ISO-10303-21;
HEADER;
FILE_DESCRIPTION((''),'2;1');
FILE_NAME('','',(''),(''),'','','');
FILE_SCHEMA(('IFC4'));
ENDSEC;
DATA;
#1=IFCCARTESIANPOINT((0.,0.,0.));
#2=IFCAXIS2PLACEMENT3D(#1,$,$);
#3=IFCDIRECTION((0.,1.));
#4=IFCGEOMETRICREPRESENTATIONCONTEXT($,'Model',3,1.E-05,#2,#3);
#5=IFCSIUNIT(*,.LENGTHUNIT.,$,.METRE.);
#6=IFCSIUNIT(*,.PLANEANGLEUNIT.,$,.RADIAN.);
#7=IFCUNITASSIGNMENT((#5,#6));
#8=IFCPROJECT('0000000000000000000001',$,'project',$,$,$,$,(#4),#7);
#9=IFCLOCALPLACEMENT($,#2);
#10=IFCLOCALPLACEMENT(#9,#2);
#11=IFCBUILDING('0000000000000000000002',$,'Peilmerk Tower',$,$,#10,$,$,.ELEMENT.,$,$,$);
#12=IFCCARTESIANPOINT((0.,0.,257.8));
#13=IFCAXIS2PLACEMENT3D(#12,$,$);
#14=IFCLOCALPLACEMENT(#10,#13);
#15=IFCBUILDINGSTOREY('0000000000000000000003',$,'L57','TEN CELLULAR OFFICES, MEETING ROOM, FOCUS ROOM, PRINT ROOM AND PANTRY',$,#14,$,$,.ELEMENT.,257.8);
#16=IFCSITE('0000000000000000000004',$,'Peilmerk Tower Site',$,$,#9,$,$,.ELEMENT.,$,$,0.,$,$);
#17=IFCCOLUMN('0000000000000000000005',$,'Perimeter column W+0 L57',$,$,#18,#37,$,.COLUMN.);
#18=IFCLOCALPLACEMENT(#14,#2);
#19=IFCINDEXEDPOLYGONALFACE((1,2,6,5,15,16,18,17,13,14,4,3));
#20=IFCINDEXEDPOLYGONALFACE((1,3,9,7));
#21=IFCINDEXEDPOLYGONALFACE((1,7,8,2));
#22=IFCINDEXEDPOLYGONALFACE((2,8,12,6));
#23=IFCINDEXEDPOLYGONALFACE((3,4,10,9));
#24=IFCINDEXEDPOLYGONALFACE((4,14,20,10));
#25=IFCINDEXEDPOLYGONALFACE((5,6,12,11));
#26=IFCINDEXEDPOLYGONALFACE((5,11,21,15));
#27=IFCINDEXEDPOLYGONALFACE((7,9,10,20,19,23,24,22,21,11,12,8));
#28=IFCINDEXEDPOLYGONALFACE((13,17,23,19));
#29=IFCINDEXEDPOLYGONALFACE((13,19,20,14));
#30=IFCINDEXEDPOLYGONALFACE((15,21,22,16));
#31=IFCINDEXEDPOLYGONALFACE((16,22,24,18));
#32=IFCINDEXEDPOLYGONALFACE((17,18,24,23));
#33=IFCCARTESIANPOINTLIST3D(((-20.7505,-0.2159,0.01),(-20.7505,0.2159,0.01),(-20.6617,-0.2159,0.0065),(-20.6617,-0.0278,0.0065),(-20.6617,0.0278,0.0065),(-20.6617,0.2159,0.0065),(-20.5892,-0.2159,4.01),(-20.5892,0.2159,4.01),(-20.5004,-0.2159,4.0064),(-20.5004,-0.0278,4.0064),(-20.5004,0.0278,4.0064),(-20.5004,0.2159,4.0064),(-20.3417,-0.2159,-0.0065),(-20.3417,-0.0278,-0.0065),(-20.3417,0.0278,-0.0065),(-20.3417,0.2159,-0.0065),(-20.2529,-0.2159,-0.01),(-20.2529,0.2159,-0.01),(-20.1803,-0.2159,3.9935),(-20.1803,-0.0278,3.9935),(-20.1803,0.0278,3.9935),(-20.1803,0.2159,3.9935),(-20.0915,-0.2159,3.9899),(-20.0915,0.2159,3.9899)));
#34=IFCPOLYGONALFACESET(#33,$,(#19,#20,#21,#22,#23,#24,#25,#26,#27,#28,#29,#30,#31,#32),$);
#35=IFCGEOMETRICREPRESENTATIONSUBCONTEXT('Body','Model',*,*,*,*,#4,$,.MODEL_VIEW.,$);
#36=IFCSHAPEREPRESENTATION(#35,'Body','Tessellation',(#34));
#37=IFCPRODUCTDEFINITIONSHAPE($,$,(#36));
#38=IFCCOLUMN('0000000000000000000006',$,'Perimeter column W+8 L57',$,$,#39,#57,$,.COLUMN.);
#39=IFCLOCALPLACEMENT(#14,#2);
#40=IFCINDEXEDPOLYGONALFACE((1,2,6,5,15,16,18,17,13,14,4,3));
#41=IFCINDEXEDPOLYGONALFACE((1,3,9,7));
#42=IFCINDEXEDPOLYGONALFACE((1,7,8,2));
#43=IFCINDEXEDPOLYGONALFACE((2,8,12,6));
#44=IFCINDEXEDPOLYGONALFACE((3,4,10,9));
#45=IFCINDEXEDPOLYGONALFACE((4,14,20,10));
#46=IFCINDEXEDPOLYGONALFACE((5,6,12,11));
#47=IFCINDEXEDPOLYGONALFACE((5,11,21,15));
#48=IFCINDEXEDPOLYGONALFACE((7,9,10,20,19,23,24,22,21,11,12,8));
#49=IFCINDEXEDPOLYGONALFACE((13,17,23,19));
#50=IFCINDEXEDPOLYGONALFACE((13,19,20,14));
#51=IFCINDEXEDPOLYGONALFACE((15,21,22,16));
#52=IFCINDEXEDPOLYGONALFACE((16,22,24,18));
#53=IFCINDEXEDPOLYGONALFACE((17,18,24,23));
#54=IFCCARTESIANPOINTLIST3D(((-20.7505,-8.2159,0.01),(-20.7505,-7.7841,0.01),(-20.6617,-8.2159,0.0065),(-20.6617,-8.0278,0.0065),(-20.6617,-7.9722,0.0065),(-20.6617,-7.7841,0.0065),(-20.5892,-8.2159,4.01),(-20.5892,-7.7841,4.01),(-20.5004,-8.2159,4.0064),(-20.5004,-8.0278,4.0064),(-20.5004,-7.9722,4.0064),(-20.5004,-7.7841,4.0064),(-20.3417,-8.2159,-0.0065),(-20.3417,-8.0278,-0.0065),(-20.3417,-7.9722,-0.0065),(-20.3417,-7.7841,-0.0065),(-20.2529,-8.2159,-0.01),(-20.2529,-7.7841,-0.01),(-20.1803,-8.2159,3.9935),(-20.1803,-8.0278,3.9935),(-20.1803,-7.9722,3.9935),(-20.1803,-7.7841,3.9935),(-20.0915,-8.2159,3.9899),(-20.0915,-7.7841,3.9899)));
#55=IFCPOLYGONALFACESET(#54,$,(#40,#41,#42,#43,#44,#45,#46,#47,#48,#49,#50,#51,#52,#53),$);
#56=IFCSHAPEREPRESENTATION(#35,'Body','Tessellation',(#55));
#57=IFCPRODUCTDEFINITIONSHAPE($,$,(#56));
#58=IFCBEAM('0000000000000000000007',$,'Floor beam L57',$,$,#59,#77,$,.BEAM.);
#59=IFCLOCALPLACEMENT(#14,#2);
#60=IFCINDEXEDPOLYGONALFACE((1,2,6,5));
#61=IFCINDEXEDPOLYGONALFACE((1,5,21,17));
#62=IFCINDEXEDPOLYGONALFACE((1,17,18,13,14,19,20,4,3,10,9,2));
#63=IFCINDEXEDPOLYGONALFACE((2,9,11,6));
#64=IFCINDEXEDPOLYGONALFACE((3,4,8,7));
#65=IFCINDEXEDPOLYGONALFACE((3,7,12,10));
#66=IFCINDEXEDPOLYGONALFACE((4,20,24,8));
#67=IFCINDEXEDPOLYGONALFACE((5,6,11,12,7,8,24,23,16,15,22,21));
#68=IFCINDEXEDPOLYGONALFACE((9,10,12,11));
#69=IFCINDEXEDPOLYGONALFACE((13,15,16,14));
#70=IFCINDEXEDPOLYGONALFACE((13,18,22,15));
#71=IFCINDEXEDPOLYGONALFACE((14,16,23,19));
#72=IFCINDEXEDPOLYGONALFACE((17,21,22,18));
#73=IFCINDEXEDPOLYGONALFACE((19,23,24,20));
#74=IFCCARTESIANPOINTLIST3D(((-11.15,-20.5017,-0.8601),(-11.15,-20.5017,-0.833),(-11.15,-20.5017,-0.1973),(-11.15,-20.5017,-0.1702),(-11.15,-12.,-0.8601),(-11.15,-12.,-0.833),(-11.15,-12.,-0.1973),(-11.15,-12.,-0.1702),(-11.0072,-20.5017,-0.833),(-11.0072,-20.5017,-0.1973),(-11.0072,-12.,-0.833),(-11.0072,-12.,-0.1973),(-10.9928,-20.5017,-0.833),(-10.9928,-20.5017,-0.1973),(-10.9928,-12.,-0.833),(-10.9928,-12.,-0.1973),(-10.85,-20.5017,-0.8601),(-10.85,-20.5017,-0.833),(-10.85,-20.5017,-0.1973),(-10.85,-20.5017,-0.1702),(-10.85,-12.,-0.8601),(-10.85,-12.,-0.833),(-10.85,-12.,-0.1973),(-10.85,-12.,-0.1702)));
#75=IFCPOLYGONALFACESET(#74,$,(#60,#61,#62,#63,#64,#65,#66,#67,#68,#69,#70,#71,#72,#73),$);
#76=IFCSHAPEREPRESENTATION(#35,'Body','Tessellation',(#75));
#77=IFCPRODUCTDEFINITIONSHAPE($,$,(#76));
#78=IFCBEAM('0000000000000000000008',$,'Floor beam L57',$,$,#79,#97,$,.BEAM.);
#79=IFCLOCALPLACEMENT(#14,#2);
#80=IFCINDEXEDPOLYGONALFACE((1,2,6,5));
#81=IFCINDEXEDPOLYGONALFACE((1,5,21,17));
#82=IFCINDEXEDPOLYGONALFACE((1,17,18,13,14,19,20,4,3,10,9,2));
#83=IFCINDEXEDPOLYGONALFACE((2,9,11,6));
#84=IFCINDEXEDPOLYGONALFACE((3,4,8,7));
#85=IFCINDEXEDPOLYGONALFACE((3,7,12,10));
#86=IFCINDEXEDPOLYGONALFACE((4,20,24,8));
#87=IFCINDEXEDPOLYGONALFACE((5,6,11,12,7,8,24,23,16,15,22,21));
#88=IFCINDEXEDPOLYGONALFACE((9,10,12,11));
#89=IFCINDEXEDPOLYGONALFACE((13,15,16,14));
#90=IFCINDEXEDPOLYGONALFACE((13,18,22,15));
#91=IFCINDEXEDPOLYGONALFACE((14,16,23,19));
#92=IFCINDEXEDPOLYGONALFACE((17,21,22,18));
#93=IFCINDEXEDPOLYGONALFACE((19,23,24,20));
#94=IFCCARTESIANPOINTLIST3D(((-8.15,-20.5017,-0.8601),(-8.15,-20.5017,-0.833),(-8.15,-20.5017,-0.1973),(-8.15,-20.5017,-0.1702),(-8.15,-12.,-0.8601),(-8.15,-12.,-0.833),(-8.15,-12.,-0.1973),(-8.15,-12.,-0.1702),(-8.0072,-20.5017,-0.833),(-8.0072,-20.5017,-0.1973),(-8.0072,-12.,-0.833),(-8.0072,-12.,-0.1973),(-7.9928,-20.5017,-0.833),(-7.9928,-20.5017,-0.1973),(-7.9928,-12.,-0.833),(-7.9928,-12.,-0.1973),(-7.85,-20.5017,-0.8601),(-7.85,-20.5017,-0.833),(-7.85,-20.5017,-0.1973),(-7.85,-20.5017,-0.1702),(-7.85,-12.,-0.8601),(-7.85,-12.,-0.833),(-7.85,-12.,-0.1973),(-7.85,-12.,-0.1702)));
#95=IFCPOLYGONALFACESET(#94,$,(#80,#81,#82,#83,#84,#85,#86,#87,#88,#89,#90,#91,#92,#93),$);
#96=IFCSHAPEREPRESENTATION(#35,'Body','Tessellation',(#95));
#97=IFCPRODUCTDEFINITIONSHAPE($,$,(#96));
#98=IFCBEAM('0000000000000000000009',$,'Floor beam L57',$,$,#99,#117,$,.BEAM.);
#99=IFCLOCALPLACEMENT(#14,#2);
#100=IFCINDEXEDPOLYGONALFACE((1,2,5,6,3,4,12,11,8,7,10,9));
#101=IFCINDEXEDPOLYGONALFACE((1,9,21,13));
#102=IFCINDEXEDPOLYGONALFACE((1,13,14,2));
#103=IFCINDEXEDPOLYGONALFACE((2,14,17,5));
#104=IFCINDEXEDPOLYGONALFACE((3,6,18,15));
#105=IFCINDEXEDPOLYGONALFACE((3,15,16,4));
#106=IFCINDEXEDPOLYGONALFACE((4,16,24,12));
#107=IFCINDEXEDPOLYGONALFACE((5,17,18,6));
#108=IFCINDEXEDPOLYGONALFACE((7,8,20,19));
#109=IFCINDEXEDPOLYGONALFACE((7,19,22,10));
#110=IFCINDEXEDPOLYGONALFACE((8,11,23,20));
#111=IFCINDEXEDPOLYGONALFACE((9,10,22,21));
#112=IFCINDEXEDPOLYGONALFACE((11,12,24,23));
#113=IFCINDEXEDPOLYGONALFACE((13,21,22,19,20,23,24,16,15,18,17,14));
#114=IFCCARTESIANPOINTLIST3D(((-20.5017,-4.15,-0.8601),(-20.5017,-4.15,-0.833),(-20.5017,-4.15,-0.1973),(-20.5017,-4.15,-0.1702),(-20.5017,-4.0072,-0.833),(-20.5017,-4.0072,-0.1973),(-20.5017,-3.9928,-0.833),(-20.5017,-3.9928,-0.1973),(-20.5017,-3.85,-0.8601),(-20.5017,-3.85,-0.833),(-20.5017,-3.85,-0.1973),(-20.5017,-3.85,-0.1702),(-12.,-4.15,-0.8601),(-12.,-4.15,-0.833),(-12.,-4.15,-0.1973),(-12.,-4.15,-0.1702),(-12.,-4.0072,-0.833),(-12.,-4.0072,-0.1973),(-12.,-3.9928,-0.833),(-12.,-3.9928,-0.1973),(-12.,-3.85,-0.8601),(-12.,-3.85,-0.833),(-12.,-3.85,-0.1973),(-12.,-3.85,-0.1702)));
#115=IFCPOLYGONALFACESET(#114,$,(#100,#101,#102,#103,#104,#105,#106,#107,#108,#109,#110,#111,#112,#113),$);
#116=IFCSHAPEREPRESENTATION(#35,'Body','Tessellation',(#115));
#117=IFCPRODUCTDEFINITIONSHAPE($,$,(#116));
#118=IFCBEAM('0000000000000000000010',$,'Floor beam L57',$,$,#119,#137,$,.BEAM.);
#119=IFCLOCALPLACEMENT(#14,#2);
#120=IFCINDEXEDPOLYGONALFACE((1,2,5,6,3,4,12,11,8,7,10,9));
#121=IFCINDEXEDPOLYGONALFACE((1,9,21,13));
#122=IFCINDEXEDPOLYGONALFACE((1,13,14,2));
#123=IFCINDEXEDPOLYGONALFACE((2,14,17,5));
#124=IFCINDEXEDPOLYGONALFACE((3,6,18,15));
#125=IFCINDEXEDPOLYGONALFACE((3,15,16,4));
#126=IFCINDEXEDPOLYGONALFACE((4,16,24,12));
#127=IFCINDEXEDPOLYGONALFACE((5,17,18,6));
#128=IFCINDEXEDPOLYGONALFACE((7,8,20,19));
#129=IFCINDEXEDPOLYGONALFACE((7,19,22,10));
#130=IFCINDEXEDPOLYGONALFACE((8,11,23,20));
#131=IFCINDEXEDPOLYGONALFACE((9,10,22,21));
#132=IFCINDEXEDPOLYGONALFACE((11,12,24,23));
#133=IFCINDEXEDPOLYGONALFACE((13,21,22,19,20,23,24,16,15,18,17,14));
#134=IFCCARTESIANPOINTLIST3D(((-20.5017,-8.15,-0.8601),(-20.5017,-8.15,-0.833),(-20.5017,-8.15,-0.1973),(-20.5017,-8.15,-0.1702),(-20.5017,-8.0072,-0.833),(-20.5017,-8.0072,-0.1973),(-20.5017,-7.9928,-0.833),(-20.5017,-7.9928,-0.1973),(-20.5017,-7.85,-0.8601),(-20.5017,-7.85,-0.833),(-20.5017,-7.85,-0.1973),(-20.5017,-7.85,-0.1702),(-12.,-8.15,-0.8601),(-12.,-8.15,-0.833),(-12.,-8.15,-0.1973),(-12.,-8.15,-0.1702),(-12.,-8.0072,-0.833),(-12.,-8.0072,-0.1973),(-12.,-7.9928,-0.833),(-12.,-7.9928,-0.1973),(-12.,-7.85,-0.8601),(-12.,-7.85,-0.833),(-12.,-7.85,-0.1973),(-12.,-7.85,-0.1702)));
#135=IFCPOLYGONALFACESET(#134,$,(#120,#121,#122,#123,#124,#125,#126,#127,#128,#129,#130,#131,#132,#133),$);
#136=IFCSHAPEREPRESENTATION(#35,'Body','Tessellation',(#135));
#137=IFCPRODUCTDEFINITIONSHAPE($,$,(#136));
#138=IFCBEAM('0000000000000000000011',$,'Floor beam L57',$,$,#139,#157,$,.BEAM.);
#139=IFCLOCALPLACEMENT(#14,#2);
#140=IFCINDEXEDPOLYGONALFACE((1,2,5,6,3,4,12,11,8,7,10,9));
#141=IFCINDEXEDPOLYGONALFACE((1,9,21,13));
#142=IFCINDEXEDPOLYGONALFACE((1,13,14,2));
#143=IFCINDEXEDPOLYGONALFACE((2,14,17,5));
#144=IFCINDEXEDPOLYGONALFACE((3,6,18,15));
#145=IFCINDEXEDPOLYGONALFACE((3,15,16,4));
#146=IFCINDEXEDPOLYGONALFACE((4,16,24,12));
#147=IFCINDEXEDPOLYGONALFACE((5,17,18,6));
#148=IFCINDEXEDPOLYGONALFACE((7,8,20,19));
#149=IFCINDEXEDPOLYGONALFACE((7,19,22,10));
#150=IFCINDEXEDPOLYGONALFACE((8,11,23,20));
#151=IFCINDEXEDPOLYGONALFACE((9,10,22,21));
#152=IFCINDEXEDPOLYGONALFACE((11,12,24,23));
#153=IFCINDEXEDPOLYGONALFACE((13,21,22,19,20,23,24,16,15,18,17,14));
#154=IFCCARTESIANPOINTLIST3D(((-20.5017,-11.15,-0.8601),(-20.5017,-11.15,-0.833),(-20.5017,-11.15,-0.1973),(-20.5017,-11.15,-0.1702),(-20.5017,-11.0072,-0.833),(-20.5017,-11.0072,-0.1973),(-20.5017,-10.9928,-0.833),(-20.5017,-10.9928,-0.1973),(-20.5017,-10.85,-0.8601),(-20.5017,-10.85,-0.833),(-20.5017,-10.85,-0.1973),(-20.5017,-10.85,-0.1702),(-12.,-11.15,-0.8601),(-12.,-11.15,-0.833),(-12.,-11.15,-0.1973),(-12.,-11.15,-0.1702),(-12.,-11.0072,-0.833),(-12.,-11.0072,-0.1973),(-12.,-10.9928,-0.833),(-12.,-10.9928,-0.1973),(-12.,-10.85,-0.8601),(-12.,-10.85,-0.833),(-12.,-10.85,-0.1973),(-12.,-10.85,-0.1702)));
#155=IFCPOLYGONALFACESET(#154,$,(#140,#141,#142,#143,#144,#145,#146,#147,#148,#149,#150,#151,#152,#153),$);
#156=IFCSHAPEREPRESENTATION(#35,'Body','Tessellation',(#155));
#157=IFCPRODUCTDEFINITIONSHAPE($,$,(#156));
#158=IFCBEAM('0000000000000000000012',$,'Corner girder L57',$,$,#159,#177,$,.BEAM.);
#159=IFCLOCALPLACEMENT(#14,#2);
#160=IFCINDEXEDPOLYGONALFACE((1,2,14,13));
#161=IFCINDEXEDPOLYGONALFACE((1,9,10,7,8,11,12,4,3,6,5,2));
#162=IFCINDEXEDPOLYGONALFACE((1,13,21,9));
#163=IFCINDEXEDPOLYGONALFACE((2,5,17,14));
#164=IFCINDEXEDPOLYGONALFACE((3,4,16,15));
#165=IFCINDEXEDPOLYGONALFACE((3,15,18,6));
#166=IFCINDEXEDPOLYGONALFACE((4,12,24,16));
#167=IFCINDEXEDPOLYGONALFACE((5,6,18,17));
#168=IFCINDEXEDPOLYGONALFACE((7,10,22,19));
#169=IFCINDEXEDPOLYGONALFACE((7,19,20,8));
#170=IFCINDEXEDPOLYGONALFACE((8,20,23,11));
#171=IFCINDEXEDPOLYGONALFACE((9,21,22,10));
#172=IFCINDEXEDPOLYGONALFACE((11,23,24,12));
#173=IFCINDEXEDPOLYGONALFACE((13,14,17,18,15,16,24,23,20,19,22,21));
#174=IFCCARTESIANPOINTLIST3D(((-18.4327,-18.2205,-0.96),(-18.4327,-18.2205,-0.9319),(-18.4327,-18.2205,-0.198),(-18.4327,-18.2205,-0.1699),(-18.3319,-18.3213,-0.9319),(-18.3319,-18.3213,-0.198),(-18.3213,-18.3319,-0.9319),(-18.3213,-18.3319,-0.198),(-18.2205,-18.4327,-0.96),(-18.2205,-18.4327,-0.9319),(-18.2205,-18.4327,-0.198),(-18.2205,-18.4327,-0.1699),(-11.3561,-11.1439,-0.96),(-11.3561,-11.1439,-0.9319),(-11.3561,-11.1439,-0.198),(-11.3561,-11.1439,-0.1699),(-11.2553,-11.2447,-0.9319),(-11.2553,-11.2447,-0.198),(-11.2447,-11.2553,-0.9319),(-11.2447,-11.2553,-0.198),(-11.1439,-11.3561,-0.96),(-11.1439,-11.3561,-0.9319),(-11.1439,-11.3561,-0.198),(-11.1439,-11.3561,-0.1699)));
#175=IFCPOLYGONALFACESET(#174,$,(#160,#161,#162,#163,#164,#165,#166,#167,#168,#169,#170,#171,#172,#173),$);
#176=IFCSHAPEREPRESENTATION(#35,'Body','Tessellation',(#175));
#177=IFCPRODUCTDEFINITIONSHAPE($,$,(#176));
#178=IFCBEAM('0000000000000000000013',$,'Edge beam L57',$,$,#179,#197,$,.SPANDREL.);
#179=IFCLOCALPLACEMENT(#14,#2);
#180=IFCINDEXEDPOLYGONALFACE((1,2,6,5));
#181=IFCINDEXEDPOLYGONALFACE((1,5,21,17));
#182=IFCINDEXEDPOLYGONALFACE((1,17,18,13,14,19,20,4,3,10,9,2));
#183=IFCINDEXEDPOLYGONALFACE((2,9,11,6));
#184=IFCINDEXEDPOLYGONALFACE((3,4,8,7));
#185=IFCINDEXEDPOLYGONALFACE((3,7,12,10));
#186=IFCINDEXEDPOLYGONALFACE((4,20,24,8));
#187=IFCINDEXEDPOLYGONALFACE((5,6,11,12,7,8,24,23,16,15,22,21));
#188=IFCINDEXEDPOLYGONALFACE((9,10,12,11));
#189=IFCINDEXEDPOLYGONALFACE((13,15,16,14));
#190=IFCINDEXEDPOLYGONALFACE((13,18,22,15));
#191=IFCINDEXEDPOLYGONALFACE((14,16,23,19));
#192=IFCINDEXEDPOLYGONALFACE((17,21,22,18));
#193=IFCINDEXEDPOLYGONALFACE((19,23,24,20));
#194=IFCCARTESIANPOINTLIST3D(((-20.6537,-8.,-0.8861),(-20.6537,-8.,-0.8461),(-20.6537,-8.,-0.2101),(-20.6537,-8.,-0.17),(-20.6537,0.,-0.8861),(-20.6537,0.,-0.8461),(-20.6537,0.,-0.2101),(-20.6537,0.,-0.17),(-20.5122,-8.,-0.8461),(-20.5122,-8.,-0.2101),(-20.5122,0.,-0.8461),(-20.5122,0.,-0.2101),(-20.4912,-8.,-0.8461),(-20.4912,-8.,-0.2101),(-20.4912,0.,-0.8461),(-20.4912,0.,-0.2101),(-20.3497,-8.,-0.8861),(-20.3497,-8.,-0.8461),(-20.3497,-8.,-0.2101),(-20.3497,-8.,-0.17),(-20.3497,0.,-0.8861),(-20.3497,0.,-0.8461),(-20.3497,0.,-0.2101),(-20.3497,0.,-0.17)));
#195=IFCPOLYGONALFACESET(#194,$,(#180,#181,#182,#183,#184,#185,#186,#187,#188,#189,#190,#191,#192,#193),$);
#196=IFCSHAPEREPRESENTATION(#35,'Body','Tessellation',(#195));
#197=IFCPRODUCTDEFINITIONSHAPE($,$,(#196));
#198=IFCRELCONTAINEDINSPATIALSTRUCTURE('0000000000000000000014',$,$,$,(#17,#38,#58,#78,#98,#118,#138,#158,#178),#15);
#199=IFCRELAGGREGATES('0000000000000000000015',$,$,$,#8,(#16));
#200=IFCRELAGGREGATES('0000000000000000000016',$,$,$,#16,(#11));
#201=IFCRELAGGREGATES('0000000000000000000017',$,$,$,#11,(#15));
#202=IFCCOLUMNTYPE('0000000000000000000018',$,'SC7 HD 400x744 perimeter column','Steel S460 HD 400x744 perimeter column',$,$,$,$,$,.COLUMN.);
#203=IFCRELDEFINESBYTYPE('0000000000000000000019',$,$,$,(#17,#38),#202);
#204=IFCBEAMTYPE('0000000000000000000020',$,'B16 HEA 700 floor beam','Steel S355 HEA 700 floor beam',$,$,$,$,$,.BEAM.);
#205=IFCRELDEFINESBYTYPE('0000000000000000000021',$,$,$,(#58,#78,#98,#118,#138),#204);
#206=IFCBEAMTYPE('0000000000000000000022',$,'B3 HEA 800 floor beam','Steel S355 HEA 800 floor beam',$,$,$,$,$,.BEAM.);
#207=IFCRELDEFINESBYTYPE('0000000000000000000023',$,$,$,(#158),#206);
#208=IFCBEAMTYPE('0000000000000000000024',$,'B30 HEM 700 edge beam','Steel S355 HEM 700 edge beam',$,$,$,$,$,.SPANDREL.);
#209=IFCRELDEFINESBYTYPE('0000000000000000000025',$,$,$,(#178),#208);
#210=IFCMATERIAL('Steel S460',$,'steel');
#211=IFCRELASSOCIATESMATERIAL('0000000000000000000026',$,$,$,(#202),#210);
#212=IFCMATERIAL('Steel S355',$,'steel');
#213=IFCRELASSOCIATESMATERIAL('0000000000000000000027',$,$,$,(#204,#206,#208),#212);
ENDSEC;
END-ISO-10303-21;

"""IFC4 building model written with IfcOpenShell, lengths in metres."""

from ifc_helpers import new_model, si_unit, direction, frame, origin, origin_2d, place, context, subcontext, project, spatial, i_section, extrude, material, material_profile, profile_set, type_object, element, save


model = new_model("IFC4")

# Units and contexts
model_context = context("Model", 3, precision=1e-05, world=origin(), true_north=direction((0.0, 1.0)))
body_context = subcontext(model_context, "Body", "Model", "MODEL_VIEW")
ifc_project = project(units=[si_unit("LENGTHUNIT", "METRE"), si_unit("PLANEANGLEUNIT", "RADIAN")], contexts=[model_context])

# Site, building, storey
site_placement = place(None, origin())
site = spatial("IfcSite", under=ifc_project, at=site_placement, Name="Peilmerk Tower Site", CompositionType="ELEMENT", RefElevation=0.0)
building_placement = place(site_placement, origin())
building = spatial("IfcBuilding", under=site, at=building_placement, Name="Peilmerk Tower", CompositionType="ELEMENT")
storey_placement = place(building_placement, frame((0.0, 0.0, 257.8)))
storey = spatial("IfcBuildingStorey", under=building, at=storey_placement, Name="L57", Description="TEN CELLULAR OFFICES, MEETING ROOM, FOCUS ROOM, PRINT ROOM AND PANTRY", CompositionType="ELEMENT", Elevation=257.8)

# Columns
ifc_material_1 = material(Name="Steel S460", Category="steel")
ifc_material_profile_1 = material_profile(ifc_material_1, i_section(OverallWidth=0.4319, OverallDepth=0.498, WebThickness=0.0557, FlangeThickness=0.0889, at=origin_2d()), Name="HD 400x744")
ifc_profile_set_1 = profile_set([ifc_material_profile_1], Name="Steel S460")
column_type = type_object("IfcColumnType", Name="SC7 HD 400x744 perimeter column", Description="Steel S460 HD 400x744 perimeter column", PredefinedType="COLUMN", material=ifc_profile_set_1)
for number, where, z_axis, x_axis, name in (
    (1, (-20.5017, 0.0, 0.0), (0.040311, 0.0, 0.999187), (0.0, 1.0, 0.0), "Perimeter column W+0 L57"),
    (2, (-20.5017, -8.0, 0.0), (0.040311, 0.0, 0.999187), (0.0, 1.0, 0.0), "Perimeter column W+8 L57"),
):
    element("IfcColumn", number, at=place(storey_placement, frame(where, z_axis=z_axis, x_axis=x_axis)), inside=storey, type_object=column_type, Name=name, PredefinedType="COLUMN", context=body_context, shape_type="SweptSolid", body=[
        extrude(i_section(OverallWidth=0.4319, OverallDepth=0.498, WebThickness=0.0557, FlangeThickness=0.0889, at=origin_2d()), origin(), (0.0, 0.0, 1.0), 4.0032),
    ])

# Beams
ifc_material_2 = material(Name="Steel S355", Category="steel")
ifc_material_profile_2 = material_profile(ifc_material_2, i_section(OverallWidth=0.3, OverallDepth=0.6899, WebThickness=0.0144, FlangeThickness=0.0271, at=origin_2d()), Name="HEA 700")
ifc_profile_set_2 = profile_set([ifc_material_profile_2], Name="Steel S355")
beam_type_1 = type_object("IfcBeamType", Name="B16 HEA 700 floor beam", Description="Steel S355 HEA 700 floor beam", PredefinedType="BEAM", material=ifc_profile_set_2)
for number, where, z_axis, x_axis, name in (
    (3, (-11.0, -12.0, -0.5151), (0.0, -1.0, 0.0), (1.0, 0.0, 0.0), "Floor beam L57"),
    (4, (-8.0, -12.0, -0.5151), (0.0, -1.0, 0.0), (1.0, 0.0, 0.0), "Floor beam L57"),
    (5, (-12.0, -4.0, -0.5151), (-1.0, 0.0, 0.0), (0.0, -1.0, 0.0), "Floor beam L57"),
    (6, (-12.0, -8.0, -0.5151), (-1.0, 0.0, 0.0), (0.0, -1.0, 0.0), "Floor beam L57"),
    (7, (-12.0, -11.0, -0.5151), (-1.0, 0.0, 0.0), (0.0, -1.0, 0.0), "Floor beam L57"),
):
    element("IfcBeam", number, at=place(storey_placement, frame(where, z_axis=z_axis, x_axis=x_axis)), inside=storey, type_object=beam_type_1, Name=name, PredefinedType="BEAM", context=body_context, shape_type="SweptSolid", body=[
        extrude(i_section(OverallWidth=0.3, OverallDepth=0.6899, WebThickness=0.0144, FlangeThickness=0.0271, at=origin_2d()), origin(), (0.0, 0.0, 1.0), 8.5017),
    ])
ifc_material_profile_3 = material_profile(ifc_material_2, i_section(OverallWidth=0.3, OverallDepth=0.79, WebThickness=0.0149, FlangeThickness=0.0281, at=origin_2d()), Name="HEA 800")
ifc_profile_set_3 = profile_set([ifc_material_profile_3], Name="Steel S355")
beam_type_2 = type_object("IfcBeamType", Name="B3 HEA 800 floor beam", Description="Steel S355 HEA 800 floor beam", PredefinedType="BEAM", material=ifc_profile_set_3)
beam_1_placement = place(storey_placement, frame((-11.25, -11.25, -0.5649), z_axis=(-0.707107, -0.707107, 0.0), x_axis=(0.707107, -0.707107, 0.0)))
element("IfcBeam", 8, at=beam_1_placement, inside=storey, type_object=beam_type_2, Name="Corner girder L57", PredefinedType="BEAM", context=body_context, shape_type="SweptSolid", body=[
    extrude(i_section(OverallWidth=0.3, OverallDepth=0.79, WebThickness=0.0149, FlangeThickness=0.0281, at=origin_2d()), origin(), (0.0, 0.0, 1.0), 10.0078),
])
ifc_material_profile_4 = material_profile(ifc_material_2, i_section(OverallWidth=0.304, OverallDepth=0.7161, WebThickness=0.021, FlangeThickness=0.04, at=origin_2d()), Name="HEM 700")
ifc_profile_set_4 = profile_set([ifc_material_profile_4], Name="Steel S355")
beam_type_3 = type_object("IfcBeamType", Name="B30 HEM 700 edge beam", Description="Steel S355 HEM 700 edge beam", PredefinedType="SPANDREL", material=ifc_profile_set_4)
beam_2_placement = place(storey_placement, frame((-20.5017, 0.0, -0.5281), z_axis=(0.0, -1.0, 0.0), x_axis=(1.0, 0.0, 0.0)))
element("IfcBeam", 9, at=beam_2_placement, inside=storey, type_object=beam_type_3, Name="Edge beam L57", PredefinedType="SPANDREL", context=body_context, shape_type="SweptSolid", body=[
    extrude(i_section(OverallWidth=0.304, OverallDepth=0.7161, WebThickness=0.021, FlangeThickness=0.04, at=origin_2d()), origin(), (0.0, 0.0, 1.0), 8.0),
])

save(model, "model.ifc")
